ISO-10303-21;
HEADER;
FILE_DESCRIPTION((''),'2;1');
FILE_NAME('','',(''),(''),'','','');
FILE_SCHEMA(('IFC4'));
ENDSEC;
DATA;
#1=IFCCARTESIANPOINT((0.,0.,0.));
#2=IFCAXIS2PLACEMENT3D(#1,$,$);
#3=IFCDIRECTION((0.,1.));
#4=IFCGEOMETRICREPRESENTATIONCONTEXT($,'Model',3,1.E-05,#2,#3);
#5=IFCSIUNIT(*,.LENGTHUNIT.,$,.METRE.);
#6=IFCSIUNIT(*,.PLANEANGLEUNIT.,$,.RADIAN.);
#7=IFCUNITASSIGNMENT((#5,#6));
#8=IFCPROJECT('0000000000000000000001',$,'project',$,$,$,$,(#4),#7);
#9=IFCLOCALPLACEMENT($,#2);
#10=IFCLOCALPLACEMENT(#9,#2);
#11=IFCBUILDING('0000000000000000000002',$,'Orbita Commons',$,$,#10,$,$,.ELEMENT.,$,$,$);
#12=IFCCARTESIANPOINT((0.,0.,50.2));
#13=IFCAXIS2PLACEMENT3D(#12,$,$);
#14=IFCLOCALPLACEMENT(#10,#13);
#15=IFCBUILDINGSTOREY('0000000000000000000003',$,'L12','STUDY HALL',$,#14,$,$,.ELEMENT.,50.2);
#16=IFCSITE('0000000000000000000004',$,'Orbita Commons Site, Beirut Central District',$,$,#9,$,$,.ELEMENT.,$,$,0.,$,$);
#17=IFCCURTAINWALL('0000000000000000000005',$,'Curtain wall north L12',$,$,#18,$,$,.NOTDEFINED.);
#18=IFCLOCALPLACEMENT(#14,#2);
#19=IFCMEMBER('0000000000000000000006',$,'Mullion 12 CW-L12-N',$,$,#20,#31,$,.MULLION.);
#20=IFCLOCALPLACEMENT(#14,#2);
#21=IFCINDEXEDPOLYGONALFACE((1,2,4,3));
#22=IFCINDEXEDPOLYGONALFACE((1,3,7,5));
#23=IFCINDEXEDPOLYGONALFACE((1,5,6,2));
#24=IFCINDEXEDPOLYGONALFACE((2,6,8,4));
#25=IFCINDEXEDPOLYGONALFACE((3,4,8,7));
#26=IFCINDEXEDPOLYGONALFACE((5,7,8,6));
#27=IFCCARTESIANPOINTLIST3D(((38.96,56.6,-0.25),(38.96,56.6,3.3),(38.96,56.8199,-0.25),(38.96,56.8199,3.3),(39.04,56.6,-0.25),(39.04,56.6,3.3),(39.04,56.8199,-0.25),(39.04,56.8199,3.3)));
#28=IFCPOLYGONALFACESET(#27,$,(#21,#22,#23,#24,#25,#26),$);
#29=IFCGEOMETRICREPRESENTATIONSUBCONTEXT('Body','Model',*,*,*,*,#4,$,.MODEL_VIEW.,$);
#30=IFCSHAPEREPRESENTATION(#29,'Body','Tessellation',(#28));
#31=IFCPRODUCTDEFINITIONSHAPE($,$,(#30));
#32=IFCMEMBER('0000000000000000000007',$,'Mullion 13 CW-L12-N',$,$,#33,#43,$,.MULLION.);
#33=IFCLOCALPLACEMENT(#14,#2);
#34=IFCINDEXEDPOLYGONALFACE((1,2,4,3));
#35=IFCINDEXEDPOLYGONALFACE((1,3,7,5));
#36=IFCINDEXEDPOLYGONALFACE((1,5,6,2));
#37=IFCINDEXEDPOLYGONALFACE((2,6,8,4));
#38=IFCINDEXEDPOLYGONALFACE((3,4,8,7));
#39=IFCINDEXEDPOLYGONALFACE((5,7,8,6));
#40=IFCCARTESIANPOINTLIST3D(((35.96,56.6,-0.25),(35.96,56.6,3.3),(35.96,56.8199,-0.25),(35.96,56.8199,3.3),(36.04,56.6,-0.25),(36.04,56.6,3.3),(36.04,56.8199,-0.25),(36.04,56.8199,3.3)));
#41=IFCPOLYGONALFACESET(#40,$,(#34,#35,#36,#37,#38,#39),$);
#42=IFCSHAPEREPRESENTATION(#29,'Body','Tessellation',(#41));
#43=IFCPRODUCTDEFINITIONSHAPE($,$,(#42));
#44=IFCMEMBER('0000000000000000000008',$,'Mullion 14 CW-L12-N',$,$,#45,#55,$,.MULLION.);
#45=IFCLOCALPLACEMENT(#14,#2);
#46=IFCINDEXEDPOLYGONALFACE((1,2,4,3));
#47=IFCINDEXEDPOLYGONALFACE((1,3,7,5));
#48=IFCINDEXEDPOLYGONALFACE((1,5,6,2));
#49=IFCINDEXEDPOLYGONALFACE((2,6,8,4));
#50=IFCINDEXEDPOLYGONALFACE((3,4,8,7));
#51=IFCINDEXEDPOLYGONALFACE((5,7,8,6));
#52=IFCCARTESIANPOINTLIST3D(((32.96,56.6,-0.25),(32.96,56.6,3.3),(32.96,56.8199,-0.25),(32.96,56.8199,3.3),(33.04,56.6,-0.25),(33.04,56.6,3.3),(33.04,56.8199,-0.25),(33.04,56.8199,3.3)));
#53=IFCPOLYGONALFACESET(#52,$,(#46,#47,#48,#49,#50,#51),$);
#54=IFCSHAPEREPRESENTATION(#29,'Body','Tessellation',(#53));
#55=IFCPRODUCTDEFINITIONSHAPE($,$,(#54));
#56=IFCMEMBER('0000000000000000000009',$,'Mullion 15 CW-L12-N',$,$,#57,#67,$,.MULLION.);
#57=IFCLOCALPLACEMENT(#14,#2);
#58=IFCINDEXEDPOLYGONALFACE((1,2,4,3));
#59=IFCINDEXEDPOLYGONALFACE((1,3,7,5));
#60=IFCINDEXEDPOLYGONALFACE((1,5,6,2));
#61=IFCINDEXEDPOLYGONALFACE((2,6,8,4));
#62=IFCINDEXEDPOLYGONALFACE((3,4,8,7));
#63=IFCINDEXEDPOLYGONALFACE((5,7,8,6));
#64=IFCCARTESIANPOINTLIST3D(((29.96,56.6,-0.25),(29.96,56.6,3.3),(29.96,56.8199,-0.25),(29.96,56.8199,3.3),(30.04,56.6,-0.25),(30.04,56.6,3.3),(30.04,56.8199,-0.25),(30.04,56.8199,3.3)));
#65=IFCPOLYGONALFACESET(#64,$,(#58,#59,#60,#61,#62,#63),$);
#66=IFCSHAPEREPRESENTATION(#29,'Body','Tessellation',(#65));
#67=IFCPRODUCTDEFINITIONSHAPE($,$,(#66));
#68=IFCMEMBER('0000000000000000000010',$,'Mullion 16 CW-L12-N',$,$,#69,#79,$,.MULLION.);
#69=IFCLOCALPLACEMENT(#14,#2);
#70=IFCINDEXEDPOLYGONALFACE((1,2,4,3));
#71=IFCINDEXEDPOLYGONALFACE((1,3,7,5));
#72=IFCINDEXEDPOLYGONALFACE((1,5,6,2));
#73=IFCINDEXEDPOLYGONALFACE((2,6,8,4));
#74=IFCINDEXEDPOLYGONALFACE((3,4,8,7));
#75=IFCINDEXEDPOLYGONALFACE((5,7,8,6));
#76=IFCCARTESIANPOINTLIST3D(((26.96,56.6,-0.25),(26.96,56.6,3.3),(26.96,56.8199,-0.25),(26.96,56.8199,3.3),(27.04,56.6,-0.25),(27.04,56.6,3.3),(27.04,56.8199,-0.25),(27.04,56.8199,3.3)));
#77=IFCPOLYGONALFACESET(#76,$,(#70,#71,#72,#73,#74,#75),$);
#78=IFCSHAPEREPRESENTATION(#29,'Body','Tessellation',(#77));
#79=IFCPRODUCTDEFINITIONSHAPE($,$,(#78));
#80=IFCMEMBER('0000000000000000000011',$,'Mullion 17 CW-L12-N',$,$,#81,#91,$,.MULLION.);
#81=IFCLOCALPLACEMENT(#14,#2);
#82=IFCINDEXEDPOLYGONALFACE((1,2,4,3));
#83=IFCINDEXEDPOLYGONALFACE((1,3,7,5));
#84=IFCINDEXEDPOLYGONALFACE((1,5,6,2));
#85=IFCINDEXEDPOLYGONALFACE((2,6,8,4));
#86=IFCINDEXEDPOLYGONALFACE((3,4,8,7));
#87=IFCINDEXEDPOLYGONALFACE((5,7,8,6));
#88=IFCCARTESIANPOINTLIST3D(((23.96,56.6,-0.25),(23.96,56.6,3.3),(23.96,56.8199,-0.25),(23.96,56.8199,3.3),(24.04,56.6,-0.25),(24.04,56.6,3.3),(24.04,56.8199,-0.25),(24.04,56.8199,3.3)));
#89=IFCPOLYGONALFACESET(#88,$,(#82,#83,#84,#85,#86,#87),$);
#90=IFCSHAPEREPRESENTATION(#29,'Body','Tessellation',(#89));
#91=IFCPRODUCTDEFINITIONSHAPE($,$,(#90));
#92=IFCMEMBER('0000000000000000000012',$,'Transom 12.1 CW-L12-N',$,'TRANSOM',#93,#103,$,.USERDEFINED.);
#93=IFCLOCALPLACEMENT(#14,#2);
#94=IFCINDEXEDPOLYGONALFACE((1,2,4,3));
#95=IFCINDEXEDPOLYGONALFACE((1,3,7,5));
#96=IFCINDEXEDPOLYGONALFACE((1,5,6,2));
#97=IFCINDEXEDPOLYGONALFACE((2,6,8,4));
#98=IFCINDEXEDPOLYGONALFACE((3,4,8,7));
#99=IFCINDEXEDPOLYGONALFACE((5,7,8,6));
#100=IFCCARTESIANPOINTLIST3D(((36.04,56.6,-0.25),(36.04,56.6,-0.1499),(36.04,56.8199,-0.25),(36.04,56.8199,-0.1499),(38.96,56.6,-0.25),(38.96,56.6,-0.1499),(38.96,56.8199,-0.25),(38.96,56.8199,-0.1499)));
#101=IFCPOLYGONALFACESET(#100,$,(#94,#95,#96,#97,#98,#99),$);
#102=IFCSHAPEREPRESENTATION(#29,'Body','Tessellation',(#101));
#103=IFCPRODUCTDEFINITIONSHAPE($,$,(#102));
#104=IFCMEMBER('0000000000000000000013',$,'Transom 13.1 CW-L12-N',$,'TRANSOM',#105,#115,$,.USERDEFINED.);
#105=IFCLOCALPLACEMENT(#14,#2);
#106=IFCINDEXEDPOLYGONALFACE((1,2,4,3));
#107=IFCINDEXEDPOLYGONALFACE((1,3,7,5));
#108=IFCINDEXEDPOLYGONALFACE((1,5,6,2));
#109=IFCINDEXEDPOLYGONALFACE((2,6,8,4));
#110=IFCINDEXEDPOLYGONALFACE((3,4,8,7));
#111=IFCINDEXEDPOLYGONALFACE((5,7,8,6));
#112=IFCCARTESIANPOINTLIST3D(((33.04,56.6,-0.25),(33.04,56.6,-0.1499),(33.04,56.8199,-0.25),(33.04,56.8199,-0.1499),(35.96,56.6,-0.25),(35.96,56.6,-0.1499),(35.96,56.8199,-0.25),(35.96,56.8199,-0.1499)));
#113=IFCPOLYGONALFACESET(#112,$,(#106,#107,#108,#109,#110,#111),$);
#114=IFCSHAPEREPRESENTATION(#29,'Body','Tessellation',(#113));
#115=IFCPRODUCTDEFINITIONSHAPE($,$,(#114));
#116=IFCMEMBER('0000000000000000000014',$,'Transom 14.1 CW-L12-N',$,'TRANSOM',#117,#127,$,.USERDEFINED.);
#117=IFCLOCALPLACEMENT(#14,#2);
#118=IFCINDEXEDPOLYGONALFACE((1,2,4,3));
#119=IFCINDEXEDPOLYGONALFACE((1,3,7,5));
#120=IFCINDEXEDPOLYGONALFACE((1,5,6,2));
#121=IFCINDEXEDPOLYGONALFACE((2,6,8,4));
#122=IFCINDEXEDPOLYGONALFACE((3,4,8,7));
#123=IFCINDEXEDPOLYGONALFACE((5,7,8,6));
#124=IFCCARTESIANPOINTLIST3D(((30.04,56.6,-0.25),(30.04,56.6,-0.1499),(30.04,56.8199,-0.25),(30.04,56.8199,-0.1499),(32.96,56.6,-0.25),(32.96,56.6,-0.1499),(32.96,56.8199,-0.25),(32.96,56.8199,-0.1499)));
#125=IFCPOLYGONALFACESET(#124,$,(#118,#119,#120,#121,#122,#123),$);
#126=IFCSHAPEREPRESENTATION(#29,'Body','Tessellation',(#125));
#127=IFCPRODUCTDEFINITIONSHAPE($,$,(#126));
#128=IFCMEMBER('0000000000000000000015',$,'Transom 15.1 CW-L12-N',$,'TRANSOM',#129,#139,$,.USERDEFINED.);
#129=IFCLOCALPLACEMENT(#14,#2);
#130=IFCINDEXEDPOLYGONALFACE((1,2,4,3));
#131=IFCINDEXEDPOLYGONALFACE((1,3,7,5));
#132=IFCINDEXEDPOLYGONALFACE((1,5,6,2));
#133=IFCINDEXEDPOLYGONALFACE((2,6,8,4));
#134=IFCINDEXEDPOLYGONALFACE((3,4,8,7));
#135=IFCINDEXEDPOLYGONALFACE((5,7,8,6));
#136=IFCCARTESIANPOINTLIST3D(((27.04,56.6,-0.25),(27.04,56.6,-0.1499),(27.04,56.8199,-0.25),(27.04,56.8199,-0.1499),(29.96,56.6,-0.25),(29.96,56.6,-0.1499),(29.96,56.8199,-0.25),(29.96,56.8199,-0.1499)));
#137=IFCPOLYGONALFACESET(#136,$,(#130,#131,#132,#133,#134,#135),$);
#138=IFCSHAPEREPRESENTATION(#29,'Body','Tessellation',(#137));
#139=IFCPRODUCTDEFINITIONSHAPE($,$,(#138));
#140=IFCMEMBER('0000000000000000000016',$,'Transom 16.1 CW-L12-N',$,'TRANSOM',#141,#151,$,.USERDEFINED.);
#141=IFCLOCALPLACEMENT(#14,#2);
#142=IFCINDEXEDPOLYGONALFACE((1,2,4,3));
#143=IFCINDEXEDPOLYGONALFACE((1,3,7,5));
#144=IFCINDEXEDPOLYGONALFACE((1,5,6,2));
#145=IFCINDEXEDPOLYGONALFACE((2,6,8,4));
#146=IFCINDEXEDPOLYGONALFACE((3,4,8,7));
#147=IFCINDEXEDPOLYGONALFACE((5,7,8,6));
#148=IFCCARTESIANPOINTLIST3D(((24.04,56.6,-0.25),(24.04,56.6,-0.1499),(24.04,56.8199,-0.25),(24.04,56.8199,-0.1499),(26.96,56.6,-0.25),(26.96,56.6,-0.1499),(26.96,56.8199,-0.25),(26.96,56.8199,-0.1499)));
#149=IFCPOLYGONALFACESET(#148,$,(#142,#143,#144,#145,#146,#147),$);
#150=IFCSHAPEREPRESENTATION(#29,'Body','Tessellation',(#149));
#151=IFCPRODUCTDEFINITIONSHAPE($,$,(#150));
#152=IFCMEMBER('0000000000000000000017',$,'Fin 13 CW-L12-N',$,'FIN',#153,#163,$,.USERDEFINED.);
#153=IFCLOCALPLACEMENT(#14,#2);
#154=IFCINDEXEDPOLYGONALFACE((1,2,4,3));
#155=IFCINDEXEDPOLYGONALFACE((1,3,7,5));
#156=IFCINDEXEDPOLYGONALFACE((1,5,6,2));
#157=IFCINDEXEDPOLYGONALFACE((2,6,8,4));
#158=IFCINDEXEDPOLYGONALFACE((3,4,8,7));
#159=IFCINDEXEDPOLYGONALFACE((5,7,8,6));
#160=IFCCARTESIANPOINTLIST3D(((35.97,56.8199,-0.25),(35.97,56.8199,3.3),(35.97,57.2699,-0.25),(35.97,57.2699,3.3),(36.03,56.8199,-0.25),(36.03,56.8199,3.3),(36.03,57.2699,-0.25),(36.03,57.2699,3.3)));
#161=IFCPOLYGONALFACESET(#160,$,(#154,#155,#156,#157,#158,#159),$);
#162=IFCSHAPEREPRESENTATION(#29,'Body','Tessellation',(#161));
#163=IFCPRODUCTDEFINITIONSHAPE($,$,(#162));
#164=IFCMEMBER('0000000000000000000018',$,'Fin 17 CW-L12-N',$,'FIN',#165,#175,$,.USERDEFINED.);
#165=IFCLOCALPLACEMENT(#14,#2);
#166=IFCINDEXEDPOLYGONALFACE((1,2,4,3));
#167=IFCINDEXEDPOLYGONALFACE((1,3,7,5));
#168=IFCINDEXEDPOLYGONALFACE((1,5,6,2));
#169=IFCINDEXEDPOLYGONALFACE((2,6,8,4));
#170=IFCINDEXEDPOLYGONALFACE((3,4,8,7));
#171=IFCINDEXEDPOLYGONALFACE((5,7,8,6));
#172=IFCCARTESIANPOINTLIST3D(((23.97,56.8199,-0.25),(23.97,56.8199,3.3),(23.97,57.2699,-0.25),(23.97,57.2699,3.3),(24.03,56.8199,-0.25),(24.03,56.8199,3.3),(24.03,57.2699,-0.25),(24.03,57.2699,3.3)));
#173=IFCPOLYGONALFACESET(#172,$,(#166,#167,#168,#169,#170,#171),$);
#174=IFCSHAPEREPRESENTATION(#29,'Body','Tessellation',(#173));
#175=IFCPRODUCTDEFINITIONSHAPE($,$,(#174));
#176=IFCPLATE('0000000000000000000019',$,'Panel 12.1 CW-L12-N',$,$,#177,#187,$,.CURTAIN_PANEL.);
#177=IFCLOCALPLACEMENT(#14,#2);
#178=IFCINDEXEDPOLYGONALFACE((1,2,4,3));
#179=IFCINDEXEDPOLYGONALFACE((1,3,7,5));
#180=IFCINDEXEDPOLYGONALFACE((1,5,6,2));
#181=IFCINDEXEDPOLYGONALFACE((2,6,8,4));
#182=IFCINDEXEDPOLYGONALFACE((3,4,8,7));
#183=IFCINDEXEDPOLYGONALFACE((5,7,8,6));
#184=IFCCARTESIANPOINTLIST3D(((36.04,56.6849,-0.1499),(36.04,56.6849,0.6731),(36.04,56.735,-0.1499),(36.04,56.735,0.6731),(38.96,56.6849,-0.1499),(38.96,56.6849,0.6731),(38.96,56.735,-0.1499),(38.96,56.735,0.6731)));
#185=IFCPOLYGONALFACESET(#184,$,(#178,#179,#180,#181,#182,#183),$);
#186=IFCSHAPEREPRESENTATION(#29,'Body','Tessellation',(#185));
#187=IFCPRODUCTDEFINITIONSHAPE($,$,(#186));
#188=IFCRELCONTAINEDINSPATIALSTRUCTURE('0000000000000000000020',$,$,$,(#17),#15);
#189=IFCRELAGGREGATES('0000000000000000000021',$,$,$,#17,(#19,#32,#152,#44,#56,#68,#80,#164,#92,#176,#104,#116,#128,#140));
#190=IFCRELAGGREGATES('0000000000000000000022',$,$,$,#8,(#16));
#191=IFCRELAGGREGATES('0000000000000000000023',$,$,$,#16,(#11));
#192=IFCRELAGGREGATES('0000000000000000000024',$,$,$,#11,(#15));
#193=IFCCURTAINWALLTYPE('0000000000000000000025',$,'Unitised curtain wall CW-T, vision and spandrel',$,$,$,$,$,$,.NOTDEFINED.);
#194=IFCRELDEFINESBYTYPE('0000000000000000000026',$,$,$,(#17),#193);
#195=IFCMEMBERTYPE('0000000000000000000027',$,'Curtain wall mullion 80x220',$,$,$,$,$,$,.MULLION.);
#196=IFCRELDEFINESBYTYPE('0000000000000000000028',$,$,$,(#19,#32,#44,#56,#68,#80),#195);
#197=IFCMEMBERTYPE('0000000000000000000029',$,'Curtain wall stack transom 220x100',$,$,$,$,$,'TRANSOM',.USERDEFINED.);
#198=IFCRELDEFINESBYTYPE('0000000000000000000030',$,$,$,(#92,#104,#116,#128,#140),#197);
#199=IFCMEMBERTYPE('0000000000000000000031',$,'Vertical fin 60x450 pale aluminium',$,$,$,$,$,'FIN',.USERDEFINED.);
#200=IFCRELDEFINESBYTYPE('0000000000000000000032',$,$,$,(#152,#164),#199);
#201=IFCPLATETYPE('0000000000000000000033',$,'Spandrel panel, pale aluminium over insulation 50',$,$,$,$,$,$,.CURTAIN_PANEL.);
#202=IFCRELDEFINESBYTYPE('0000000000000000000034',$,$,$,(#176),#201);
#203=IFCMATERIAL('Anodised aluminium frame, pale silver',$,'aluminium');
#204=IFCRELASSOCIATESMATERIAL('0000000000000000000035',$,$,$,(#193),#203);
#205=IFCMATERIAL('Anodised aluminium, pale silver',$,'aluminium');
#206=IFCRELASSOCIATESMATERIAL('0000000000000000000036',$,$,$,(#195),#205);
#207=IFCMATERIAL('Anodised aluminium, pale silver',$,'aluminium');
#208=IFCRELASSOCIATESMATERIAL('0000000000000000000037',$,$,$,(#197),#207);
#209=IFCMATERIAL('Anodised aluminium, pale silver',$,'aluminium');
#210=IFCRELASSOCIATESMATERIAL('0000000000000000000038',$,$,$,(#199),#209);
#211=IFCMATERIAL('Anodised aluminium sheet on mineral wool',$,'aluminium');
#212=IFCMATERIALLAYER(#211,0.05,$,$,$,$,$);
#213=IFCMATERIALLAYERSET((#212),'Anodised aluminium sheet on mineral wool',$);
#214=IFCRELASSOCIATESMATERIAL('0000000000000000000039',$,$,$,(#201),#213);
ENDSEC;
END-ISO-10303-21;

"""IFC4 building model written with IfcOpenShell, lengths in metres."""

from ifc_helpers import new_model, si_unit, direction, frame, origin, origin_2d, place, context, subcontext, project, spatial, rectangle, extrude, material, layer, layer_set, material_profile, profile_set, type_object, element, aggregate, save


model = new_model("IFC4")

# Units and contexts
model_context = context("Model", 3, precision=1e-05, world=origin(), true_north=direction((0.0, 1.0)))
body_context = subcontext(model_context, "Body", "Model", "MODEL_VIEW")
ifc_project = project(units=[si_unit("LENGTHUNIT", "METRE"), si_unit("PLANEANGLEUNIT", "RADIAN")], contexts=[model_context])

# Site, building, storey
site_placement = place(None, origin())
site = spatial("IfcSite", under=ifc_project, at=site_placement, Name="Orbita Commons Site, Beirut Central District", CompositionType="ELEMENT", RefElevation=0.0)
building_placement = place(site_placement, origin())
building = spatial("IfcBuilding", under=site, at=building_placement, Name="Orbita Commons", CompositionType="ELEMENT")
storey_placement = place(building_placement, frame((0.0, 0.0, 50.2)))
storey = spatial("IfcBuildingStorey", under=building, at=storey_placement, Name="L12", Description="STUDY HALL", CompositionType="ELEMENT", Elevation=50.2)

# Curtain wall, members, plate
ifc_material_1 = material(Name="Anodised aluminium frame, pale silver", Category="aluminium")
curtain_wall_type = type_object("IfcCurtainWallType", Name="Unitised curtain wall CW-T, vision and spandrel", PredefinedType="NOTDEFINED", material=ifc_material_1)
curtain_wall_placement = place(storey_placement, origin())
curtain_wall = element("IfcCurtainWall", 1, at=curtain_wall_placement, inside=storey, type_object=curtain_wall_type, Name="Curtain wall north L12", PredefinedType="NOTDEFINED")
ifc_material_2 = material(Name="Anodised aluminium, pale silver", Category="aluminium")
ifc_material_profile_1 = material_profile(ifc_material_2, rectangle(XDim=0.0801, YDim=0.22, at=origin_2d()), Name="AL 80x220")
ifc_profile_set_1 = profile_set([ifc_material_profile_1], Name="Anodised aluminium, pale silver")
member_type_1 = type_object("IfcMemberType", Name="Curtain wall mullion 80x220", PredefinedType="MULLION", material=ifc_profile_set_1)
member_1_placement = place(storey_placement, frame((39.0, 56.71, -0.25), z_axis=(0.0, 0.0, 1.0), x_axis=(-1.0, 0.0, 0.0)))
member_1 = element("IfcMember", 2, at=member_1_placement, type_object=member_type_1, Name="Mullion 12 CW-L12-N", PredefinedType="MULLION", context=body_context, shape_type="SweptSolid", body=[
    extrude(rectangle(XDim=0.0801, YDim=0.22, at=origin_2d()), origin(), (0.0, 0.0, 1.0), 3.55),
])
member_2_placement = place(storey_placement, frame((36.0, 56.71, -0.25), z_axis=(0.0, 0.0, 1.0), x_axis=(-1.0, 0.0, 0.0)))
member_2 = element("IfcMember", 3, at=member_2_placement, type_object=member_type_1, Name="Mullion 13 CW-L12-N", PredefinedType="MULLION", context=body_context, shape_type="SweptSolid", body=[
    extrude(rectangle(XDim=0.0801, YDim=0.22, at=origin_2d()), origin(), (0.0, 0.0, 1.0), 3.55),
])
member_3_placement = place(storey_placement, frame((33.0, 56.71, -0.25), z_axis=(0.0, 0.0, 1.0), x_axis=(-1.0, 0.0, 0.0)))
member_3 = element("IfcMember", 4, at=member_3_placement, type_object=member_type_1, Name="Mullion 14 CW-L12-N", PredefinedType="MULLION", context=body_context, shape_type="SweptSolid", body=[
    extrude(rectangle(XDim=0.0801, YDim=0.22, at=origin_2d()), origin(), (0.0, 0.0, 1.0), 3.55),
])
member_4_placement = place(storey_placement, frame((30.0, 56.71, -0.25), z_axis=(0.0, 0.0, 1.0), x_axis=(-1.0, 0.0, 0.0)))
member_4 = element("IfcMember", 5, at=member_4_placement, type_object=member_type_1, Name="Mullion 15 CW-L12-N", PredefinedType="MULLION", context=body_context, shape_type="SweptSolid", body=[
    extrude(rectangle(XDim=0.0801, YDim=0.22, at=origin_2d()), origin(), (0.0, 0.0, 1.0), 3.55),
])
member_5_placement = place(storey_placement, frame((27.0, 56.71, -0.25), z_axis=(0.0, 0.0, 1.0), x_axis=(-1.0, 0.0, 0.0)))
member_5 = element("IfcMember", 6, at=member_5_placement, type_object=member_type_1, Name="Mullion 16 CW-L12-N", PredefinedType="MULLION", context=body_context, shape_type="SweptSolid", body=[
    extrude(rectangle(XDim=0.0801, YDim=0.22, at=origin_2d()), origin(), (0.0, 0.0, 1.0), 3.55),
])
member_6_placement = place(storey_placement, frame((24.0, 56.71, -0.25), z_axis=(0.0, 0.0, 1.0), x_axis=(-1.0, 0.0, 0.0)))
member_6 = element("IfcMember", 7, at=member_6_placement, type_object=member_type_1, Name="Mullion 17 CW-L12-N", PredefinedType="MULLION", context=body_context, shape_type="SweptSolid", body=[
    extrude(rectangle(XDim=0.0801, YDim=0.22, at=origin_2d()), origin(), (0.0, 0.0, 1.0), 3.55),
])
ifc_material_3 = material(Name="Anodised aluminium, pale silver", Category="aluminium")
ifc_material_profile_2 = material_profile(ifc_material_3, rectangle(XDim=0.22, YDim=0.1001, at=origin_2d()), Name="AL 220x100")
ifc_profile_set_2 = profile_set([ifc_material_profile_2], Name="Anodised aluminium, pale silver")
member_type_2 = type_object("IfcMemberType", Name="Curtain wall stack transom 220x100", ElementType="TRANSOM", PredefinedType="USERDEFINED", material=ifc_profile_set_2)
member_7_placement = place(storey_placement, frame((38.96, 56.71, -0.2), z_axis=(-1.0, 0.0, 0.0), x_axis=(0.0, -1.0, 0.0)))
member_7 = element("IfcMember", 8, at=member_7_placement, type_object=member_type_2, Name="Transom 12.1 CW-L12-N", ObjectType="TRANSOM", PredefinedType="USERDEFINED", context=body_context, shape_type="SweptSolid", body=[
    extrude(rectangle(XDim=0.22, YDim=0.1001, at=origin_2d()), origin(), (0.0, 0.0, 1.0), 2.9199),
])
member_8_placement = place(storey_placement, frame((35.96, 56.71, -0.2), z_axis=(-1.0, 0.0, 0.0), x_axis=(0.0, -1.0, 0.0)))
member_8 = element("IfcMember", 9, at=member_8_placement, type_object=member_type_2, Name="Transom 13.1 CW-L12-N", ObjectType="TRANSOM", PredefinedType="USERDEFINED", context=body_context, shape_type="SweptSolid", body=[
    extrude(rectangle(XDim=0.22, YDim=0.1001, at=origin_2d()), origin(), (0.0, 0.0, 1.0), 2.9199),
])
member_9_placement = place(storey_placement, frame((32.96, 56.71, -0.2), z_axis=(-1.0, 0.0, 0.0), x_axis=(0.0, -1.0, 0.0)))
member_9 = element("IfcMember", 10, at=member_9_placement, type_object=member_type_2, Name="Transom 14.1 CW-L12-N", ObjectType="TRANSOM", PredefinedType="USERDEFINED", context=body_context, shape_type="SweptSolid", body=[
    extrude(rectangle(XDim=0.22, YDim=0.1001, at=origin_2d()), origin(), (0.0, 0.0, 1.0), 2.9199),
])
member_10_placement = place(storey_placement, frame((29.96, 56.71, -0.2), z_axis=(-1.0, 0.0, 0.0), x_axis=(0.0, -1.0, 0.0)))
member_10 = element("IfcMember", 11, at=member_10_placement, type_object=member_type_2, Name="Transom 15.1 CW-L12-N", ObjectType="TRANSOM", PredefinedType="USERDEFINED", context=body_context, shape_type="SweptSolid", body=[
    extrude(rectangle(XDim=0.22, YDim=0.1001, at=origin_2d()), origin(), (0.0, 0.0, 1.0), 2.9199),
])
member_11_placement = place(storey_placement, frame((26.96, 56.71, -0.2), z_axis=(-1.0, 0.0, 0.0), x_axis=(0.0, -1.0, 0.0)))
member_11 = element("IfcMember", 12, at=member_11_placement, type_object=member_type_2, Name="Transom 16.1 CW-L12-N", ObjectType="TRANSOM", PredefinedType="USERDEFINED", context=body_context, shape_type="SweptSolid", body=[
    extrude(rectangle(XDim=0.22, YDim=0.1001, at=origin_2d()), origin(), (0.0, 0.0, 1.0), 2.9199),
])
ifc_material_4 = material(Name="Anodised aluminium, pale silver", Category="aluminium")
ifc_material_profile_3 = material_profile(ifc_material_4, rectangle(XDim=0.0601, YDim=0.45, at=origin_2d()), Name="FIN 60x450")
ifc_profile_set_3 = profile_set([ifc_material_profile_3], Name="Anodised aluminium, pale silver")
member_type_3 = type_object("IfcMemberType", Name="Vertical fin 60x450 pale aluminium", ElementType="FIN", PredefinedType="USERDEFINED", material=ifc_profile_set_3)
member_12_placement = place(storey_placement, frame((36.0, 57.0449, -0.25), z_axis=(0.0, 0.0, 1.0), x_axis=(-1.0, 0.0, 0.0)))
member_12 = element("IfcMember", 13, at=member_12_placement, type_object=member_type_3, Name="Fin 13 CW-L12-N", ObjectType="FIN", PredefinedType="USERDEFINED", context=body_context, shape_type="SweptSolid", body=[
    extrude(rectangle(XDim=0.0601, YDim=0.45, at=origin_2d()), origin(), (0.0, 0.0, 1.0), 3.55),
])
member_13_placement = place(storey_placement, frame((24.0, 57.0449, -0.25), z_axis=(0.0, 0.0, 1.0), x_axis=(-1.0, 0.0, 0.0)))
member_13 = element("IfcMember", 14, at=member_13_placement, type_object=member_type_3, Name="Fin 17 CW-L12-N", ObjectType="FIN", PredefinedType="USERDEFINED", context=body_context, shape_type="SweptSolid", body=[
    extrude(rectangle(XDim=0.0601, YDim=0.45, at=origin_2d()), origin(), (0.0, 0.0, 1.0), 3.55),
])
ifc_material_5 = material(Name="Anodised aluminium sheet on mineral wool", Category="aluminium")
ifc_layer_1 = layer(ifc_material_5, 0.05)
ifc_layer_set_1 = layer_set([ifc_layer_1], Name="Anodised aluminium sheet on mineral wool")
plate_type_1 = type_object("IfcPlateType", Name="Spandrel panel, pale aluminium over insulation 50", PredefinedType="CURTAIN_PANEL", material=ifc_layer_set_1)
plate_1_placement = place(storey_placement, frame((37.5, 56.71, -0.1499), z_axis=(0.0, 0.0, 1.0), x_axis=(-1.0, 0.0, 0.0)))
plate_1 = element("IfcPlate", 15, at=plate_1_placement, type_object=plate_type_1, Name="Panel 12.1 CW-L12-N", PredefinedType="CURTAIN_PANEL", context=body_context, shape_type="SweptSolid", body=[
    extrude(rectangle(XDim=2.9199, YDim=0.05, at=origin_2d()), origin(), (0.0, 0.0, 1.0), 0.823),
])
aggregate(curtain_wall, [member_1, member_2, member_12, member_3, member_4, member_5, member_6, member_13, member_7, plate_1, member_8, member_9, member_10, member_11])

save(model, "model.ifc")
